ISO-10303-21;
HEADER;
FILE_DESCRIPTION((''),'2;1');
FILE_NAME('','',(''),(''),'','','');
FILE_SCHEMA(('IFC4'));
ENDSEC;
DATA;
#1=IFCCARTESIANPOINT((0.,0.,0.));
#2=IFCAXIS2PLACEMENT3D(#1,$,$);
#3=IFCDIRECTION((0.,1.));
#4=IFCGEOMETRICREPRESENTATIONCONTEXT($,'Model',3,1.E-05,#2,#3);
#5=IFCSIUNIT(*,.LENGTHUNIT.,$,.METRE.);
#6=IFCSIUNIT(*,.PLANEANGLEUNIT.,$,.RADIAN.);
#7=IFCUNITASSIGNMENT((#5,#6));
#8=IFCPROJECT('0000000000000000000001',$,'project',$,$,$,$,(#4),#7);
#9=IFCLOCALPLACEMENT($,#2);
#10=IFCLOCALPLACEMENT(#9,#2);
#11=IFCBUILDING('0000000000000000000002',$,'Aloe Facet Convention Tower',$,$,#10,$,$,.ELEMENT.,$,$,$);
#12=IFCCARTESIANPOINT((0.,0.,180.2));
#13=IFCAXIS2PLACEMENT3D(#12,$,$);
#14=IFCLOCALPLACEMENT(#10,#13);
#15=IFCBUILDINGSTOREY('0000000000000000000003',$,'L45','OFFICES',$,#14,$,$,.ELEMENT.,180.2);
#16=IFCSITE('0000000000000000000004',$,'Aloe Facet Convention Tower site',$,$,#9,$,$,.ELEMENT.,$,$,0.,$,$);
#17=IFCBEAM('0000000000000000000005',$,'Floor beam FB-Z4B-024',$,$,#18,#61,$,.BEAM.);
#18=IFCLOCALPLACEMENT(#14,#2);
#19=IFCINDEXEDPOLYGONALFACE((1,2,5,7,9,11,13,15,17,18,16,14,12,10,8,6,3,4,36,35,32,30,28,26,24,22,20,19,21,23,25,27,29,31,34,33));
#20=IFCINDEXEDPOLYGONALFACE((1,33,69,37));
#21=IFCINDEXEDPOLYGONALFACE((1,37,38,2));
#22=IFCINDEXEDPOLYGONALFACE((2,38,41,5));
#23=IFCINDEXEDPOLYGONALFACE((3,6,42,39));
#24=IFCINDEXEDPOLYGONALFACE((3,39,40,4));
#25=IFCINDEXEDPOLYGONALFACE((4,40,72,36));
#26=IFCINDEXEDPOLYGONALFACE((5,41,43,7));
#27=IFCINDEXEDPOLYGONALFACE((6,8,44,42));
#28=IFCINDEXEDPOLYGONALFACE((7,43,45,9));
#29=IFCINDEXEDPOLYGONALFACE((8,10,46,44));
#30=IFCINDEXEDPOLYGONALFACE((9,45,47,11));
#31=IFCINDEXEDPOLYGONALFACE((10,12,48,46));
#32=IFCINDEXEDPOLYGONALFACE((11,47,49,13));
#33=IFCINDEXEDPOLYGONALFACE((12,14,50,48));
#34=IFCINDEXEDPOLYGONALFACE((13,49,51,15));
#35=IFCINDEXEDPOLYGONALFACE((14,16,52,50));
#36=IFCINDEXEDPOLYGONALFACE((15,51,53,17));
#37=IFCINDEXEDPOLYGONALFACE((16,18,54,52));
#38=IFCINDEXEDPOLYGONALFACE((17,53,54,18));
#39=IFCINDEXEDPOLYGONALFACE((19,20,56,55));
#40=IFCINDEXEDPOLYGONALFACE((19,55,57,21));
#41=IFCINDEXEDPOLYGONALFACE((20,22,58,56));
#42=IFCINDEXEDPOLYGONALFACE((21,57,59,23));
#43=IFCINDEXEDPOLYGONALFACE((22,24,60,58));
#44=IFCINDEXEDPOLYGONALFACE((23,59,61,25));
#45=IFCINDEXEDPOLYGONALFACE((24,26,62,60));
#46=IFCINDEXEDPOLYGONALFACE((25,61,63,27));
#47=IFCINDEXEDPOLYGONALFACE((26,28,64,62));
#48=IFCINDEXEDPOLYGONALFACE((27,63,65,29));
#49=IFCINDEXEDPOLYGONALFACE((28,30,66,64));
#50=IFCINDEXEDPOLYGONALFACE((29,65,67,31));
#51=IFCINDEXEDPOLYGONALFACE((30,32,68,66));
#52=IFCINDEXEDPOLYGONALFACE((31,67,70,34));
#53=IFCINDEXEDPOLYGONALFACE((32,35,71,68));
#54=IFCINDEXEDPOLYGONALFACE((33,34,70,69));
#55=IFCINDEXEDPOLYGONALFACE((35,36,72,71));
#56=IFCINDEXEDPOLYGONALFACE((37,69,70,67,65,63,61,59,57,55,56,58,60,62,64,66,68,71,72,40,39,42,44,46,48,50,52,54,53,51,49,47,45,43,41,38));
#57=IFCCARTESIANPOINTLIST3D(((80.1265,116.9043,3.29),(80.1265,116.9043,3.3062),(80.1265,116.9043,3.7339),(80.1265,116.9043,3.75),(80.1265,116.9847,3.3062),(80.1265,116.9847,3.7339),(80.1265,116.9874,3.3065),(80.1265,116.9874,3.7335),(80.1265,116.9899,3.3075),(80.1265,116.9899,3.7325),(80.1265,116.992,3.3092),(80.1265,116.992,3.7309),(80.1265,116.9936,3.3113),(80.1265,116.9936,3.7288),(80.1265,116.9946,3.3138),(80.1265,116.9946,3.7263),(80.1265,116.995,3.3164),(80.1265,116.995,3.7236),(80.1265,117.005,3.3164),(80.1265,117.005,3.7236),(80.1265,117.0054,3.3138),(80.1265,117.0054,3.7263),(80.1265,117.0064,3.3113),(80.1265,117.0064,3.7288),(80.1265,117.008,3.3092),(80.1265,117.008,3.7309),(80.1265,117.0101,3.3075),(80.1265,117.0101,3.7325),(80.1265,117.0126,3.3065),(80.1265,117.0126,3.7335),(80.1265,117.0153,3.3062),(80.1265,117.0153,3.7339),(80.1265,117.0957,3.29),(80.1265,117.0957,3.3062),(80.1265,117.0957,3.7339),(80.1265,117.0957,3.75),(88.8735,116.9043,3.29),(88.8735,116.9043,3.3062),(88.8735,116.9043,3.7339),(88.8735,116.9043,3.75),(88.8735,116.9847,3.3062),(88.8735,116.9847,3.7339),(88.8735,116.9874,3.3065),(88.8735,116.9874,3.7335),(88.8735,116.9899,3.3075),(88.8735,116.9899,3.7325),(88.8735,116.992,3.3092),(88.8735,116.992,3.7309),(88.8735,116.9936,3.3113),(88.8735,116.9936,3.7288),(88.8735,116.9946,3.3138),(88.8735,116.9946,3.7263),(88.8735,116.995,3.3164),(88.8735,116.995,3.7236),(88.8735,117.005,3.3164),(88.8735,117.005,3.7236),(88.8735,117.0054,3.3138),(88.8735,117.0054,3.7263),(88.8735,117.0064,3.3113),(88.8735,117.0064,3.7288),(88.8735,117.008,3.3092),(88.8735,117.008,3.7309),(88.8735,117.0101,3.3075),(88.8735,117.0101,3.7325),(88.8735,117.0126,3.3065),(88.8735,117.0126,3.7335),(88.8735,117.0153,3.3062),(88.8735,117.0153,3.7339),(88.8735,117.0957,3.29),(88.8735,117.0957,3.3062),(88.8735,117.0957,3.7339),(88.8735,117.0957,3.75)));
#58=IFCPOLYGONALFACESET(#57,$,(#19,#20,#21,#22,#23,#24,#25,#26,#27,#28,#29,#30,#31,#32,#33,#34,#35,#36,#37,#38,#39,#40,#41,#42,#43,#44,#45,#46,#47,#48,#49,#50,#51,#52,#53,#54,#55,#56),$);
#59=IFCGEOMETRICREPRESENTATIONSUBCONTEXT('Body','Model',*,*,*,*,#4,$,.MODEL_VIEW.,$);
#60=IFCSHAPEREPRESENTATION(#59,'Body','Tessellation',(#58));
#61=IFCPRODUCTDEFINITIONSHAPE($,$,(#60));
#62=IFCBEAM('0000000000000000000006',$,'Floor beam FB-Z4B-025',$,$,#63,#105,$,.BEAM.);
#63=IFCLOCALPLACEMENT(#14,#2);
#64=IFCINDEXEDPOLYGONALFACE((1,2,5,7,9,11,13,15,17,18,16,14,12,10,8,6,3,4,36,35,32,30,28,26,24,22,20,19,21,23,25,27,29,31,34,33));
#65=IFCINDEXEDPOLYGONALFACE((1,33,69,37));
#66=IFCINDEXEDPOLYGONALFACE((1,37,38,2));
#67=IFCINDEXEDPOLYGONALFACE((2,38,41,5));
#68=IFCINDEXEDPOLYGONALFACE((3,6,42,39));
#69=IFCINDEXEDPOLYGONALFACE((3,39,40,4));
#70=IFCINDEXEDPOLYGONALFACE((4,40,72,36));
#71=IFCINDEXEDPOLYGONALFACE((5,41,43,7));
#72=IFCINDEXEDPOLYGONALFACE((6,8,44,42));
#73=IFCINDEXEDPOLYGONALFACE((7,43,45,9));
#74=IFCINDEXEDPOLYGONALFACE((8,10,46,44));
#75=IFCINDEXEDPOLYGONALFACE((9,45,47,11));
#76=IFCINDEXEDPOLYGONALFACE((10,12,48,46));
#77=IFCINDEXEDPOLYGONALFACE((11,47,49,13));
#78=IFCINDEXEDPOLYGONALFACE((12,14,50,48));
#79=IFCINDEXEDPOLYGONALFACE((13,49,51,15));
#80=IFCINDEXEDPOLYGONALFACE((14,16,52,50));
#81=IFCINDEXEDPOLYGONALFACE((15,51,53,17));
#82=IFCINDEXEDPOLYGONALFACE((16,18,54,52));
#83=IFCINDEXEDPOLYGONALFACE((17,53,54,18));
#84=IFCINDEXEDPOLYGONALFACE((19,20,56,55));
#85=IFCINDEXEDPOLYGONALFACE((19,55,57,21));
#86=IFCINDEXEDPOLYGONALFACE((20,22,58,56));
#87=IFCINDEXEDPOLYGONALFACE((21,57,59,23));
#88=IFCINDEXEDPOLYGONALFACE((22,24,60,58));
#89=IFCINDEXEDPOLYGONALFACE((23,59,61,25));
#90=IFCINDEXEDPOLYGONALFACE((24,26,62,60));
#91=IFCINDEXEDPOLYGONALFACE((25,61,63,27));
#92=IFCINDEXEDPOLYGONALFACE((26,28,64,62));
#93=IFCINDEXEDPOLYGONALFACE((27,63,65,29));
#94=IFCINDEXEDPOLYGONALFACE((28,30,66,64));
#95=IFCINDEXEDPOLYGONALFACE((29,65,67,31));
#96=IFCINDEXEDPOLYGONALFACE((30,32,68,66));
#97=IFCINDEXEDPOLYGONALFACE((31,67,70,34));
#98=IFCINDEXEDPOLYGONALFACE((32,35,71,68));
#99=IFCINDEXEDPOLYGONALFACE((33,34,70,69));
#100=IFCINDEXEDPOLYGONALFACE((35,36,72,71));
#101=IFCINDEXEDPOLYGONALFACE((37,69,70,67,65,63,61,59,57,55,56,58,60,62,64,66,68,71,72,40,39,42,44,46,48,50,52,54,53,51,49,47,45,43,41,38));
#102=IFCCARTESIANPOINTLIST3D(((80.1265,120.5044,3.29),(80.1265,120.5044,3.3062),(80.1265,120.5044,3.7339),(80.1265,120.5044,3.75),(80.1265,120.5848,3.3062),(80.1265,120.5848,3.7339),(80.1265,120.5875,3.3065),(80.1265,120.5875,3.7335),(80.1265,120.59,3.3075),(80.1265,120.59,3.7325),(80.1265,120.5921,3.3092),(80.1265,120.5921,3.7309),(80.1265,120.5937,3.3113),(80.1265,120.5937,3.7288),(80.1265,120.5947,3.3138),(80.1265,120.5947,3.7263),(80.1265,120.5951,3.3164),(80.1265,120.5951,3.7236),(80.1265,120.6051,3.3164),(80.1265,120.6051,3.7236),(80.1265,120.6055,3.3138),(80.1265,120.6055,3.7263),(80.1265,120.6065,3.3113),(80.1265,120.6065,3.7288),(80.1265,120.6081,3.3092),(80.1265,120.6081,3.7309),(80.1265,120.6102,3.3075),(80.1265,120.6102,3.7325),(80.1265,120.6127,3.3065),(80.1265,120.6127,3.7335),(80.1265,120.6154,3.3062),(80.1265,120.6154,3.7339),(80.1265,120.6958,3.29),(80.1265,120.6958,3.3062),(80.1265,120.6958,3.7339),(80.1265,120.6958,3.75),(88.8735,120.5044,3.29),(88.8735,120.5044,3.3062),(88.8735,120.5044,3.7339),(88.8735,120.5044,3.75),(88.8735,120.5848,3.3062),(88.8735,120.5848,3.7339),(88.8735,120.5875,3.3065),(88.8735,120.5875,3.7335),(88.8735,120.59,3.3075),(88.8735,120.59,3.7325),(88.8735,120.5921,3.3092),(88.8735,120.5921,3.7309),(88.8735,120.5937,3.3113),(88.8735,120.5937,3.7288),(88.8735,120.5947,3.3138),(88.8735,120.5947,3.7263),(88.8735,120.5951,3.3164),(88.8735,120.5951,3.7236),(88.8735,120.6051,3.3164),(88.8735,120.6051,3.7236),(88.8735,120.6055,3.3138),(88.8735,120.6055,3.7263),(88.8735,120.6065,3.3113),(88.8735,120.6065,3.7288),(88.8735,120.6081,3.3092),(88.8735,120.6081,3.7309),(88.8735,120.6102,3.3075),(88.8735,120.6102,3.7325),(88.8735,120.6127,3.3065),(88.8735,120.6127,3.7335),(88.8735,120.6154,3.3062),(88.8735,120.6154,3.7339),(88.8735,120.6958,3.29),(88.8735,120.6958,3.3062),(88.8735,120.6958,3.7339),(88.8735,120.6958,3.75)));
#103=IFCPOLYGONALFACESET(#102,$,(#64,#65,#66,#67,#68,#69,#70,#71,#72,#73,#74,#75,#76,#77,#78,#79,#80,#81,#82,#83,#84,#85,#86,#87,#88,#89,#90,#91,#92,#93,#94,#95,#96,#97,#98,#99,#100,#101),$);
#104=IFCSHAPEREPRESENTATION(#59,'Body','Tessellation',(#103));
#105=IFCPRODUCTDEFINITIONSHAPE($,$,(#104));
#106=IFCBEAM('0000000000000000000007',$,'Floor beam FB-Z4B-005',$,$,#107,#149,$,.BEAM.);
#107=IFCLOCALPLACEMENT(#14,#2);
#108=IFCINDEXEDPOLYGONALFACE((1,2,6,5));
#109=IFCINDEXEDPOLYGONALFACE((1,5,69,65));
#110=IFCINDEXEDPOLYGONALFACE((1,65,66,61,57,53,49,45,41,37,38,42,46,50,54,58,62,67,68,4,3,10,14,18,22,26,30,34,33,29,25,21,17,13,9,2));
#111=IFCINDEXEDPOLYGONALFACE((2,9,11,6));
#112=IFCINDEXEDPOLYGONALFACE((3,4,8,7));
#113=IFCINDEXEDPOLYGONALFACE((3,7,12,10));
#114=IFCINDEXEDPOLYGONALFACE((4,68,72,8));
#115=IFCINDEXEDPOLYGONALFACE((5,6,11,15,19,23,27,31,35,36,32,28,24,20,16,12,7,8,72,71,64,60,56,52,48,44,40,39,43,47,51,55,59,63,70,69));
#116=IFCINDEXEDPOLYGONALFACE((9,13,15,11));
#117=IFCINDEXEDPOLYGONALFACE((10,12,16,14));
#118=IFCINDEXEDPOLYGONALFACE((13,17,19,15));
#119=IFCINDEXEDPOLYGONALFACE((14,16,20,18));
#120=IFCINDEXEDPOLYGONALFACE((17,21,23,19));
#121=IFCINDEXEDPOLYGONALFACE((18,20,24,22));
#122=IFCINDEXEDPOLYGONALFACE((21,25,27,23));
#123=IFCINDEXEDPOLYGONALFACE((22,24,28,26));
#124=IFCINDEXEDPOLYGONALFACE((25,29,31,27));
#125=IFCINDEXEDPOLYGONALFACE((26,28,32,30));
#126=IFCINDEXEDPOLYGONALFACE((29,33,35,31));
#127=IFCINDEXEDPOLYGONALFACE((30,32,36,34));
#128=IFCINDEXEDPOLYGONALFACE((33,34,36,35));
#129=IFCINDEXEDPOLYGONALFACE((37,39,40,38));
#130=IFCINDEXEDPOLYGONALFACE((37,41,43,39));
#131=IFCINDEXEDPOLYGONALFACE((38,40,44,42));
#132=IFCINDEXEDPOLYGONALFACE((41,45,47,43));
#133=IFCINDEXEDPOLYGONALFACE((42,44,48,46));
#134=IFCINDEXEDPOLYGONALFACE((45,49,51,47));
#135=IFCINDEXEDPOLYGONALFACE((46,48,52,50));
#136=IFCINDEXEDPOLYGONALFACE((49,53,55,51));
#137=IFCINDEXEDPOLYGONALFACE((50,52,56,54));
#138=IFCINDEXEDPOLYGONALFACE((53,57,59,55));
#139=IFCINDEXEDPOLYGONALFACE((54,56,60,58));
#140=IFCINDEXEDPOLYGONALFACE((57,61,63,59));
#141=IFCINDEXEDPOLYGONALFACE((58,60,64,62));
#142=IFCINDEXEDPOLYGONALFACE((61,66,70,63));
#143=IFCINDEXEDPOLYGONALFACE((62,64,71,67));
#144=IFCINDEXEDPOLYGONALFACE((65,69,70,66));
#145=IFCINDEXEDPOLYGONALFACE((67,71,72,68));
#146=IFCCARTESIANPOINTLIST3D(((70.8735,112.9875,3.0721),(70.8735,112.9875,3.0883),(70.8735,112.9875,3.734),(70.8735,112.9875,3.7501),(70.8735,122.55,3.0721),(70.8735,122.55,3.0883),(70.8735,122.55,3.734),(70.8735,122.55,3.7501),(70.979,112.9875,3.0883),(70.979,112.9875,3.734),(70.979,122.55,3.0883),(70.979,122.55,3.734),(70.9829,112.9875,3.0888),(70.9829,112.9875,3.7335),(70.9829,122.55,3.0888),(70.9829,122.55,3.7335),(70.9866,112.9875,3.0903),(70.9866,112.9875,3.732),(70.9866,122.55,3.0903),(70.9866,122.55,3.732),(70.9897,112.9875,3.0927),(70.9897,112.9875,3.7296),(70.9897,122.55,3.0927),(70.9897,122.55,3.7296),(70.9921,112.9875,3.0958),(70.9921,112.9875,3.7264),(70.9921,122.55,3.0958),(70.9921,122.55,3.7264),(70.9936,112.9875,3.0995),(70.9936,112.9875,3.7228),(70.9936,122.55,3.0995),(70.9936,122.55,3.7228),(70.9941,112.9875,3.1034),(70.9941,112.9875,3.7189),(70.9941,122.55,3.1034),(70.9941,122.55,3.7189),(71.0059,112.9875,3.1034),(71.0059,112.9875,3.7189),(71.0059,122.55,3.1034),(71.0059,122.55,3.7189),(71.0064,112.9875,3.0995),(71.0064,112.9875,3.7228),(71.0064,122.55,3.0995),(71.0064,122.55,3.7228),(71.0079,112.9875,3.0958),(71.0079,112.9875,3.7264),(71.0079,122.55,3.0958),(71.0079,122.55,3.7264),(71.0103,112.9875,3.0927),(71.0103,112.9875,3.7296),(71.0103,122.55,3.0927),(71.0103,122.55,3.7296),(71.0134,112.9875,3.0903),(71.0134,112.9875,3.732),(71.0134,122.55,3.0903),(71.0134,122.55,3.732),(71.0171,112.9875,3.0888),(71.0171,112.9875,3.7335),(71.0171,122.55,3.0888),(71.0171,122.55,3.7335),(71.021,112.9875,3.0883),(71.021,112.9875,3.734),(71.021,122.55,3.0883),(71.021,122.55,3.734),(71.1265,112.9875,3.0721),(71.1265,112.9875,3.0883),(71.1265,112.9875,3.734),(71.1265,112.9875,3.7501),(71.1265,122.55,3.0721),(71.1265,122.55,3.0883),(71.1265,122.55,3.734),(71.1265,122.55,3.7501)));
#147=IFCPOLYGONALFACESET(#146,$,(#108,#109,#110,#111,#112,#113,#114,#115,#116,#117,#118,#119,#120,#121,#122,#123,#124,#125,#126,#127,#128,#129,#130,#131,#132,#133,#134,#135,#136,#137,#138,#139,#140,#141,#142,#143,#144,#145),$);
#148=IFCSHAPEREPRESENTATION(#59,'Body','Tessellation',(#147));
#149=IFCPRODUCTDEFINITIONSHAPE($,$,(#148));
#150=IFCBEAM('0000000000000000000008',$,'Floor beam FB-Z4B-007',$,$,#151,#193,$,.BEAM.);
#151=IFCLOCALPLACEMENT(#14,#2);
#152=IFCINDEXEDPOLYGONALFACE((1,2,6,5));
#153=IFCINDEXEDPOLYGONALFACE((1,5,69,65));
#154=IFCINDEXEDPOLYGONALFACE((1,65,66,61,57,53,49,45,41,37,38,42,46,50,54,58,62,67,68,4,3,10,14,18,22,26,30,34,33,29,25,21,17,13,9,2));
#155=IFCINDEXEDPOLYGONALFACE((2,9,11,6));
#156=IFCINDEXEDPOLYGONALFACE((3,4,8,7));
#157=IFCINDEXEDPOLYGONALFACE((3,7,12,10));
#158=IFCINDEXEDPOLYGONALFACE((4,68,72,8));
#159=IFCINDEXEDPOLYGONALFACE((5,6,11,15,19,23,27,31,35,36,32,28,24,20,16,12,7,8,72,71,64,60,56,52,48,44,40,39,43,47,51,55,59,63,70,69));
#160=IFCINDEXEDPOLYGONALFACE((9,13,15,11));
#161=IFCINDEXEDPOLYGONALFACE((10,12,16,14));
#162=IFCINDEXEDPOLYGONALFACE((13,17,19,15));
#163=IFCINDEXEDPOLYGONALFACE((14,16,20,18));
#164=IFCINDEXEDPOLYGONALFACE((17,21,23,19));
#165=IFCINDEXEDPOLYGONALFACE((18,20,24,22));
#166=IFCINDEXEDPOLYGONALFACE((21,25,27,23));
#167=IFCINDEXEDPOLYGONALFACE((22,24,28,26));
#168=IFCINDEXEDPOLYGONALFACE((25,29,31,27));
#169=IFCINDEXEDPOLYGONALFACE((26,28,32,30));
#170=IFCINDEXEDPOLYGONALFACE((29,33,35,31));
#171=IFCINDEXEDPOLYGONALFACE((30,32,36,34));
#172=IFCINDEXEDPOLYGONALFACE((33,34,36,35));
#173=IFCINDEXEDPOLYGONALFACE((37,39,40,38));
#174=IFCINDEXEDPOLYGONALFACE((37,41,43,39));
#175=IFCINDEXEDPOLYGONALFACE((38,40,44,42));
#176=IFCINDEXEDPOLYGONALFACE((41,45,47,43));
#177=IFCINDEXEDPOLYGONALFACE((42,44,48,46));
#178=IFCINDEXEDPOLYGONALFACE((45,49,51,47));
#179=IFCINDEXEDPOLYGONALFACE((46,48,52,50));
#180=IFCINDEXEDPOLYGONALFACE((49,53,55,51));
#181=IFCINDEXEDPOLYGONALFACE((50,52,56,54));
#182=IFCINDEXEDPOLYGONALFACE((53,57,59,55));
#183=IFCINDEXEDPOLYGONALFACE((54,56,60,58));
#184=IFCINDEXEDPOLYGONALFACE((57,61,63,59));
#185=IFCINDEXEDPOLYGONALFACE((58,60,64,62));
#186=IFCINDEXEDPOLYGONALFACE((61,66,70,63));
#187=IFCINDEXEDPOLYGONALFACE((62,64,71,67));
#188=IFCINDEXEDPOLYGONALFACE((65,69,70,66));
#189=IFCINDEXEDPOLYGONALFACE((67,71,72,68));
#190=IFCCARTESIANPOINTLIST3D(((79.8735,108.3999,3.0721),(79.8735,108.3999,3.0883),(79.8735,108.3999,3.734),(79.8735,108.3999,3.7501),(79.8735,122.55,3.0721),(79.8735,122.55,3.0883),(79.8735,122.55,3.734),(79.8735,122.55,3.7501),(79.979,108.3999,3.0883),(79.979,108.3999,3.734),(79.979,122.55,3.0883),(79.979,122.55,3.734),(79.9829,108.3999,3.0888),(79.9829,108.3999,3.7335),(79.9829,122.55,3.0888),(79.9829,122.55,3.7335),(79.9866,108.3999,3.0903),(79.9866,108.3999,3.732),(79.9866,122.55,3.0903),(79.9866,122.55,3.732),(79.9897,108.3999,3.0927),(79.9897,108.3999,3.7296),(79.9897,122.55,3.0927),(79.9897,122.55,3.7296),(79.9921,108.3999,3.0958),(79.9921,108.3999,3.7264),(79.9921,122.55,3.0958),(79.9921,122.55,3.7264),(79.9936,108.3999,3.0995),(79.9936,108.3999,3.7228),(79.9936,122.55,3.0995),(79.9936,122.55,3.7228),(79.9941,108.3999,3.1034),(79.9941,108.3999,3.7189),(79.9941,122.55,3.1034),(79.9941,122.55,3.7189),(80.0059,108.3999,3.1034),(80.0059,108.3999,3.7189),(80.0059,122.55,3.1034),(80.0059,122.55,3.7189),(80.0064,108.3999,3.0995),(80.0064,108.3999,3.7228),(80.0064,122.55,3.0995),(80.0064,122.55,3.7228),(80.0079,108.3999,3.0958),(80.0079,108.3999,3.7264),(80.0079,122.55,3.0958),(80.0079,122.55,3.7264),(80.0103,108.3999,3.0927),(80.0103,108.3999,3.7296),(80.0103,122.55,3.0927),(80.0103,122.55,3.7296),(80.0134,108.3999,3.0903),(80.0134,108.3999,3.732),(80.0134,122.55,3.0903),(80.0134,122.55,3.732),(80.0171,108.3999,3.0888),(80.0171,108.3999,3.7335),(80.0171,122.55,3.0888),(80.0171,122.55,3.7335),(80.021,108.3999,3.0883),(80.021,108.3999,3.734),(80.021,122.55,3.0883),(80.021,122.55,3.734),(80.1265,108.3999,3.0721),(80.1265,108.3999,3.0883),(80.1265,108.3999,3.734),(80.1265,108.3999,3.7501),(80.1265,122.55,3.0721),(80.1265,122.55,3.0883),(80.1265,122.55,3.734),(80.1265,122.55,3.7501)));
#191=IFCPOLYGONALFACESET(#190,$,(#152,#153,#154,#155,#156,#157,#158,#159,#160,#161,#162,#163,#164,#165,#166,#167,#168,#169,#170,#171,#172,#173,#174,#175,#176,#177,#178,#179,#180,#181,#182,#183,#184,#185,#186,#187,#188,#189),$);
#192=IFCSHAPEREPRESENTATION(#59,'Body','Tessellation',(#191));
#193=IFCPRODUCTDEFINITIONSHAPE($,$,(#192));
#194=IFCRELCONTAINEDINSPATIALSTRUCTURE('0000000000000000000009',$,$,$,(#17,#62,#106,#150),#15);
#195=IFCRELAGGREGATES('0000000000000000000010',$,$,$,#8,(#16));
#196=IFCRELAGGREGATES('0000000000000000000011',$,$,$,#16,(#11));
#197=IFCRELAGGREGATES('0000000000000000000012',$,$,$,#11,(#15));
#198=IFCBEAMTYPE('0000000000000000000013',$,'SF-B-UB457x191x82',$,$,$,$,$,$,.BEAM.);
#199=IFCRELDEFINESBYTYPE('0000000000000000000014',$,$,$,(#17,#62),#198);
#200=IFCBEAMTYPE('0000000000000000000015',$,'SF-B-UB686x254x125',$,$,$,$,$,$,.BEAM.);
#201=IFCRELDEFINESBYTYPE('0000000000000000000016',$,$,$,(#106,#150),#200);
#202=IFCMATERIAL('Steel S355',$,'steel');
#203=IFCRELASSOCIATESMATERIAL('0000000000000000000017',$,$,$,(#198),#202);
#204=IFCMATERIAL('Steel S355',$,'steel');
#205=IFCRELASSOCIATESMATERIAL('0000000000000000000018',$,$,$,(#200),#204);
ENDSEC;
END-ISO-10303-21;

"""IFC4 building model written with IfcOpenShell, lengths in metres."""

from ifc_helpers import new_model, si_unit, direction, frame, origin, origin_2d, place, context, subcontext, project, spatial, i_section, extrude, material, material_profile, profile_set, type_object, element, save


model = new_model("IFC4")

# Units and contexts
model_context = context("Model", 3, precision=1e-05, world=origin(), true_north=direction((0.0, 1.0)))
body_context = subcontext(model_context, "Body", "Model", "MODEL_VIEW")
ifc_project = project(units=[si_unit("LENGTHUNIT", "METRE"), si_unit("PLANEANGLEUNIT", "RADIAN")], contexts=[model_context])

# Site, building, storey
site_placement = place(None, origin())
site = spatial("IfcSite", under=ifc_project, at=site_placement, Name="Aloe Facet Convention Tower site", CompositionType="ELEMENT", RefElevation=0.0)
building_placement = place(site_placement, origin())
building = spatial("IfcBuilding", under=site, at=building_placement, Name="Aloe Facet Convention Tower", CompositionType="ELEMENT")
storey_placement = place(building_placement, frame((0.0, 0.0, 180.2)))
storey = spatial("IfcBuildingStorey", under=building, at=storey_placement, Name="L45", Description="OFFICES", CompositionType="ELEMENT", Elevation=180.2)

# Beams
ifc_material_1 = material(Name="Steel S355", Category="steel")
ifc_material_profile_1 = material_profile(ifc_material_1, i_section(OverallWidth=0.1914, OverallDepth=0.46, WebThickness=0.01, FlangeThickness=0.0161, FilletRadius=0.0103, at=origin_2d()), Name="UB 457x191x82")
ifc_profile_set_1 = profile_set([ifc_material_profile_1], Name="Steel S355")
beam_type_1 = type_object("IfcBeamType", Name="SF-B-UB457x191x82", PredefinedType="BEAM", material=ifc_profile_set_1)
for number, where, z_axis, x_axis, name in (
    (1, (80.1265, 117.0, 3.52), (1.0, 0.0, 0.0), (0.0, 1.0, 0.0), "Floor beam FB-Z4B-024"),
    (2, (80.1265, 120.6001, 3.52), (1.0, 0.0, 0.0), (0.0, 1.0, 0.0), "Floor beam FB-Z4B-025"),
):
    element("IfcBeam", number, at=place(storey_placement, frame(where, z_axis=z_axis, x_axis=x_axis)), inside=storey, type_object=beam_type_1, Name=name, PredefinedType="BEAM", context=body_context, shape_type="SweptSolid", body=[
        extrude(i_section(OverallWidth=0.1914, OverallDepth=0.46, WebThickness=0.01, FlangeThickness=0.0161, FilletRadius=0.0103, at=origin_2d()), origin(), (0.0, 0.0, 1.0), 8.7471),
    ])
ifc_material_2 = material(Name="Steel S355", Category="steel")
ifc_material_profile_2 = material_profile(ifc_material_2, i_section(OverallWidth=0.2529, OverallDepth=0.678, WebThickness=0.0117, FlangeThickness=0.0161, FilletRadius=0.0151, at=origin_2d()), Name="UB 686x254x125")
ifc_profile_set_2 = profile_set([ifc_material_profile_2], Name="Steel S355")
beam_type_2 = type_object("IfcBeamType", Name="SF-B-UB686x254x125", PredefinedType="BEAM", material=ifc_profile_set_2)
beam_1_placement = place(storey_placement, frame((71.0, 122.55, 3.4111), z_axis=(0.0, -1.0, 0.0), x_axis=(1.0, 0.0, 0.0)))
element("IfcBeam", 3, at=beam_1_placement, inside=storey, type_object=beam_type_2, Name="Floor beam FB-Z4B-005", PredefinedType="BEAM", context=body_context, shape_type="SweptSolid", body=[
    extrude(i_section(OverallWidth=0.2529, OverallDepth=0.678, WebThickness=0.0117, FlangeThickness=0.0161, FilletRadius=0.0151, at=origin_2d()), origin(), (0.0, 0.0, 1.0), 9.5625),
])
beam_2_placement = place(storey_placement, frame((80.0, 122.55, 3.4111), z_axis=(0.0, -1.0, 0.0), x_axis=(1.0, 0.0, 0.0)))
element("IfcBeam", 4, at=beam_2_placement, inside=storey, type_object=beam_type_2, Name="Floor beam FB-Z4B-007", PredefinedType="BEAM", context=body_context, shape_type="SweptSolid", body=[
    extrude(i_section(OverallWidth=0.2529, OverallDepth=0.678, WebThickness=0.0117, FlangeThickness=0.0161, FilletRadius=0.0151, at=origin_2d()), origin(), (0.0, 0.0, 1.0), 14.1501),
])

save(model, "model.ifc")
